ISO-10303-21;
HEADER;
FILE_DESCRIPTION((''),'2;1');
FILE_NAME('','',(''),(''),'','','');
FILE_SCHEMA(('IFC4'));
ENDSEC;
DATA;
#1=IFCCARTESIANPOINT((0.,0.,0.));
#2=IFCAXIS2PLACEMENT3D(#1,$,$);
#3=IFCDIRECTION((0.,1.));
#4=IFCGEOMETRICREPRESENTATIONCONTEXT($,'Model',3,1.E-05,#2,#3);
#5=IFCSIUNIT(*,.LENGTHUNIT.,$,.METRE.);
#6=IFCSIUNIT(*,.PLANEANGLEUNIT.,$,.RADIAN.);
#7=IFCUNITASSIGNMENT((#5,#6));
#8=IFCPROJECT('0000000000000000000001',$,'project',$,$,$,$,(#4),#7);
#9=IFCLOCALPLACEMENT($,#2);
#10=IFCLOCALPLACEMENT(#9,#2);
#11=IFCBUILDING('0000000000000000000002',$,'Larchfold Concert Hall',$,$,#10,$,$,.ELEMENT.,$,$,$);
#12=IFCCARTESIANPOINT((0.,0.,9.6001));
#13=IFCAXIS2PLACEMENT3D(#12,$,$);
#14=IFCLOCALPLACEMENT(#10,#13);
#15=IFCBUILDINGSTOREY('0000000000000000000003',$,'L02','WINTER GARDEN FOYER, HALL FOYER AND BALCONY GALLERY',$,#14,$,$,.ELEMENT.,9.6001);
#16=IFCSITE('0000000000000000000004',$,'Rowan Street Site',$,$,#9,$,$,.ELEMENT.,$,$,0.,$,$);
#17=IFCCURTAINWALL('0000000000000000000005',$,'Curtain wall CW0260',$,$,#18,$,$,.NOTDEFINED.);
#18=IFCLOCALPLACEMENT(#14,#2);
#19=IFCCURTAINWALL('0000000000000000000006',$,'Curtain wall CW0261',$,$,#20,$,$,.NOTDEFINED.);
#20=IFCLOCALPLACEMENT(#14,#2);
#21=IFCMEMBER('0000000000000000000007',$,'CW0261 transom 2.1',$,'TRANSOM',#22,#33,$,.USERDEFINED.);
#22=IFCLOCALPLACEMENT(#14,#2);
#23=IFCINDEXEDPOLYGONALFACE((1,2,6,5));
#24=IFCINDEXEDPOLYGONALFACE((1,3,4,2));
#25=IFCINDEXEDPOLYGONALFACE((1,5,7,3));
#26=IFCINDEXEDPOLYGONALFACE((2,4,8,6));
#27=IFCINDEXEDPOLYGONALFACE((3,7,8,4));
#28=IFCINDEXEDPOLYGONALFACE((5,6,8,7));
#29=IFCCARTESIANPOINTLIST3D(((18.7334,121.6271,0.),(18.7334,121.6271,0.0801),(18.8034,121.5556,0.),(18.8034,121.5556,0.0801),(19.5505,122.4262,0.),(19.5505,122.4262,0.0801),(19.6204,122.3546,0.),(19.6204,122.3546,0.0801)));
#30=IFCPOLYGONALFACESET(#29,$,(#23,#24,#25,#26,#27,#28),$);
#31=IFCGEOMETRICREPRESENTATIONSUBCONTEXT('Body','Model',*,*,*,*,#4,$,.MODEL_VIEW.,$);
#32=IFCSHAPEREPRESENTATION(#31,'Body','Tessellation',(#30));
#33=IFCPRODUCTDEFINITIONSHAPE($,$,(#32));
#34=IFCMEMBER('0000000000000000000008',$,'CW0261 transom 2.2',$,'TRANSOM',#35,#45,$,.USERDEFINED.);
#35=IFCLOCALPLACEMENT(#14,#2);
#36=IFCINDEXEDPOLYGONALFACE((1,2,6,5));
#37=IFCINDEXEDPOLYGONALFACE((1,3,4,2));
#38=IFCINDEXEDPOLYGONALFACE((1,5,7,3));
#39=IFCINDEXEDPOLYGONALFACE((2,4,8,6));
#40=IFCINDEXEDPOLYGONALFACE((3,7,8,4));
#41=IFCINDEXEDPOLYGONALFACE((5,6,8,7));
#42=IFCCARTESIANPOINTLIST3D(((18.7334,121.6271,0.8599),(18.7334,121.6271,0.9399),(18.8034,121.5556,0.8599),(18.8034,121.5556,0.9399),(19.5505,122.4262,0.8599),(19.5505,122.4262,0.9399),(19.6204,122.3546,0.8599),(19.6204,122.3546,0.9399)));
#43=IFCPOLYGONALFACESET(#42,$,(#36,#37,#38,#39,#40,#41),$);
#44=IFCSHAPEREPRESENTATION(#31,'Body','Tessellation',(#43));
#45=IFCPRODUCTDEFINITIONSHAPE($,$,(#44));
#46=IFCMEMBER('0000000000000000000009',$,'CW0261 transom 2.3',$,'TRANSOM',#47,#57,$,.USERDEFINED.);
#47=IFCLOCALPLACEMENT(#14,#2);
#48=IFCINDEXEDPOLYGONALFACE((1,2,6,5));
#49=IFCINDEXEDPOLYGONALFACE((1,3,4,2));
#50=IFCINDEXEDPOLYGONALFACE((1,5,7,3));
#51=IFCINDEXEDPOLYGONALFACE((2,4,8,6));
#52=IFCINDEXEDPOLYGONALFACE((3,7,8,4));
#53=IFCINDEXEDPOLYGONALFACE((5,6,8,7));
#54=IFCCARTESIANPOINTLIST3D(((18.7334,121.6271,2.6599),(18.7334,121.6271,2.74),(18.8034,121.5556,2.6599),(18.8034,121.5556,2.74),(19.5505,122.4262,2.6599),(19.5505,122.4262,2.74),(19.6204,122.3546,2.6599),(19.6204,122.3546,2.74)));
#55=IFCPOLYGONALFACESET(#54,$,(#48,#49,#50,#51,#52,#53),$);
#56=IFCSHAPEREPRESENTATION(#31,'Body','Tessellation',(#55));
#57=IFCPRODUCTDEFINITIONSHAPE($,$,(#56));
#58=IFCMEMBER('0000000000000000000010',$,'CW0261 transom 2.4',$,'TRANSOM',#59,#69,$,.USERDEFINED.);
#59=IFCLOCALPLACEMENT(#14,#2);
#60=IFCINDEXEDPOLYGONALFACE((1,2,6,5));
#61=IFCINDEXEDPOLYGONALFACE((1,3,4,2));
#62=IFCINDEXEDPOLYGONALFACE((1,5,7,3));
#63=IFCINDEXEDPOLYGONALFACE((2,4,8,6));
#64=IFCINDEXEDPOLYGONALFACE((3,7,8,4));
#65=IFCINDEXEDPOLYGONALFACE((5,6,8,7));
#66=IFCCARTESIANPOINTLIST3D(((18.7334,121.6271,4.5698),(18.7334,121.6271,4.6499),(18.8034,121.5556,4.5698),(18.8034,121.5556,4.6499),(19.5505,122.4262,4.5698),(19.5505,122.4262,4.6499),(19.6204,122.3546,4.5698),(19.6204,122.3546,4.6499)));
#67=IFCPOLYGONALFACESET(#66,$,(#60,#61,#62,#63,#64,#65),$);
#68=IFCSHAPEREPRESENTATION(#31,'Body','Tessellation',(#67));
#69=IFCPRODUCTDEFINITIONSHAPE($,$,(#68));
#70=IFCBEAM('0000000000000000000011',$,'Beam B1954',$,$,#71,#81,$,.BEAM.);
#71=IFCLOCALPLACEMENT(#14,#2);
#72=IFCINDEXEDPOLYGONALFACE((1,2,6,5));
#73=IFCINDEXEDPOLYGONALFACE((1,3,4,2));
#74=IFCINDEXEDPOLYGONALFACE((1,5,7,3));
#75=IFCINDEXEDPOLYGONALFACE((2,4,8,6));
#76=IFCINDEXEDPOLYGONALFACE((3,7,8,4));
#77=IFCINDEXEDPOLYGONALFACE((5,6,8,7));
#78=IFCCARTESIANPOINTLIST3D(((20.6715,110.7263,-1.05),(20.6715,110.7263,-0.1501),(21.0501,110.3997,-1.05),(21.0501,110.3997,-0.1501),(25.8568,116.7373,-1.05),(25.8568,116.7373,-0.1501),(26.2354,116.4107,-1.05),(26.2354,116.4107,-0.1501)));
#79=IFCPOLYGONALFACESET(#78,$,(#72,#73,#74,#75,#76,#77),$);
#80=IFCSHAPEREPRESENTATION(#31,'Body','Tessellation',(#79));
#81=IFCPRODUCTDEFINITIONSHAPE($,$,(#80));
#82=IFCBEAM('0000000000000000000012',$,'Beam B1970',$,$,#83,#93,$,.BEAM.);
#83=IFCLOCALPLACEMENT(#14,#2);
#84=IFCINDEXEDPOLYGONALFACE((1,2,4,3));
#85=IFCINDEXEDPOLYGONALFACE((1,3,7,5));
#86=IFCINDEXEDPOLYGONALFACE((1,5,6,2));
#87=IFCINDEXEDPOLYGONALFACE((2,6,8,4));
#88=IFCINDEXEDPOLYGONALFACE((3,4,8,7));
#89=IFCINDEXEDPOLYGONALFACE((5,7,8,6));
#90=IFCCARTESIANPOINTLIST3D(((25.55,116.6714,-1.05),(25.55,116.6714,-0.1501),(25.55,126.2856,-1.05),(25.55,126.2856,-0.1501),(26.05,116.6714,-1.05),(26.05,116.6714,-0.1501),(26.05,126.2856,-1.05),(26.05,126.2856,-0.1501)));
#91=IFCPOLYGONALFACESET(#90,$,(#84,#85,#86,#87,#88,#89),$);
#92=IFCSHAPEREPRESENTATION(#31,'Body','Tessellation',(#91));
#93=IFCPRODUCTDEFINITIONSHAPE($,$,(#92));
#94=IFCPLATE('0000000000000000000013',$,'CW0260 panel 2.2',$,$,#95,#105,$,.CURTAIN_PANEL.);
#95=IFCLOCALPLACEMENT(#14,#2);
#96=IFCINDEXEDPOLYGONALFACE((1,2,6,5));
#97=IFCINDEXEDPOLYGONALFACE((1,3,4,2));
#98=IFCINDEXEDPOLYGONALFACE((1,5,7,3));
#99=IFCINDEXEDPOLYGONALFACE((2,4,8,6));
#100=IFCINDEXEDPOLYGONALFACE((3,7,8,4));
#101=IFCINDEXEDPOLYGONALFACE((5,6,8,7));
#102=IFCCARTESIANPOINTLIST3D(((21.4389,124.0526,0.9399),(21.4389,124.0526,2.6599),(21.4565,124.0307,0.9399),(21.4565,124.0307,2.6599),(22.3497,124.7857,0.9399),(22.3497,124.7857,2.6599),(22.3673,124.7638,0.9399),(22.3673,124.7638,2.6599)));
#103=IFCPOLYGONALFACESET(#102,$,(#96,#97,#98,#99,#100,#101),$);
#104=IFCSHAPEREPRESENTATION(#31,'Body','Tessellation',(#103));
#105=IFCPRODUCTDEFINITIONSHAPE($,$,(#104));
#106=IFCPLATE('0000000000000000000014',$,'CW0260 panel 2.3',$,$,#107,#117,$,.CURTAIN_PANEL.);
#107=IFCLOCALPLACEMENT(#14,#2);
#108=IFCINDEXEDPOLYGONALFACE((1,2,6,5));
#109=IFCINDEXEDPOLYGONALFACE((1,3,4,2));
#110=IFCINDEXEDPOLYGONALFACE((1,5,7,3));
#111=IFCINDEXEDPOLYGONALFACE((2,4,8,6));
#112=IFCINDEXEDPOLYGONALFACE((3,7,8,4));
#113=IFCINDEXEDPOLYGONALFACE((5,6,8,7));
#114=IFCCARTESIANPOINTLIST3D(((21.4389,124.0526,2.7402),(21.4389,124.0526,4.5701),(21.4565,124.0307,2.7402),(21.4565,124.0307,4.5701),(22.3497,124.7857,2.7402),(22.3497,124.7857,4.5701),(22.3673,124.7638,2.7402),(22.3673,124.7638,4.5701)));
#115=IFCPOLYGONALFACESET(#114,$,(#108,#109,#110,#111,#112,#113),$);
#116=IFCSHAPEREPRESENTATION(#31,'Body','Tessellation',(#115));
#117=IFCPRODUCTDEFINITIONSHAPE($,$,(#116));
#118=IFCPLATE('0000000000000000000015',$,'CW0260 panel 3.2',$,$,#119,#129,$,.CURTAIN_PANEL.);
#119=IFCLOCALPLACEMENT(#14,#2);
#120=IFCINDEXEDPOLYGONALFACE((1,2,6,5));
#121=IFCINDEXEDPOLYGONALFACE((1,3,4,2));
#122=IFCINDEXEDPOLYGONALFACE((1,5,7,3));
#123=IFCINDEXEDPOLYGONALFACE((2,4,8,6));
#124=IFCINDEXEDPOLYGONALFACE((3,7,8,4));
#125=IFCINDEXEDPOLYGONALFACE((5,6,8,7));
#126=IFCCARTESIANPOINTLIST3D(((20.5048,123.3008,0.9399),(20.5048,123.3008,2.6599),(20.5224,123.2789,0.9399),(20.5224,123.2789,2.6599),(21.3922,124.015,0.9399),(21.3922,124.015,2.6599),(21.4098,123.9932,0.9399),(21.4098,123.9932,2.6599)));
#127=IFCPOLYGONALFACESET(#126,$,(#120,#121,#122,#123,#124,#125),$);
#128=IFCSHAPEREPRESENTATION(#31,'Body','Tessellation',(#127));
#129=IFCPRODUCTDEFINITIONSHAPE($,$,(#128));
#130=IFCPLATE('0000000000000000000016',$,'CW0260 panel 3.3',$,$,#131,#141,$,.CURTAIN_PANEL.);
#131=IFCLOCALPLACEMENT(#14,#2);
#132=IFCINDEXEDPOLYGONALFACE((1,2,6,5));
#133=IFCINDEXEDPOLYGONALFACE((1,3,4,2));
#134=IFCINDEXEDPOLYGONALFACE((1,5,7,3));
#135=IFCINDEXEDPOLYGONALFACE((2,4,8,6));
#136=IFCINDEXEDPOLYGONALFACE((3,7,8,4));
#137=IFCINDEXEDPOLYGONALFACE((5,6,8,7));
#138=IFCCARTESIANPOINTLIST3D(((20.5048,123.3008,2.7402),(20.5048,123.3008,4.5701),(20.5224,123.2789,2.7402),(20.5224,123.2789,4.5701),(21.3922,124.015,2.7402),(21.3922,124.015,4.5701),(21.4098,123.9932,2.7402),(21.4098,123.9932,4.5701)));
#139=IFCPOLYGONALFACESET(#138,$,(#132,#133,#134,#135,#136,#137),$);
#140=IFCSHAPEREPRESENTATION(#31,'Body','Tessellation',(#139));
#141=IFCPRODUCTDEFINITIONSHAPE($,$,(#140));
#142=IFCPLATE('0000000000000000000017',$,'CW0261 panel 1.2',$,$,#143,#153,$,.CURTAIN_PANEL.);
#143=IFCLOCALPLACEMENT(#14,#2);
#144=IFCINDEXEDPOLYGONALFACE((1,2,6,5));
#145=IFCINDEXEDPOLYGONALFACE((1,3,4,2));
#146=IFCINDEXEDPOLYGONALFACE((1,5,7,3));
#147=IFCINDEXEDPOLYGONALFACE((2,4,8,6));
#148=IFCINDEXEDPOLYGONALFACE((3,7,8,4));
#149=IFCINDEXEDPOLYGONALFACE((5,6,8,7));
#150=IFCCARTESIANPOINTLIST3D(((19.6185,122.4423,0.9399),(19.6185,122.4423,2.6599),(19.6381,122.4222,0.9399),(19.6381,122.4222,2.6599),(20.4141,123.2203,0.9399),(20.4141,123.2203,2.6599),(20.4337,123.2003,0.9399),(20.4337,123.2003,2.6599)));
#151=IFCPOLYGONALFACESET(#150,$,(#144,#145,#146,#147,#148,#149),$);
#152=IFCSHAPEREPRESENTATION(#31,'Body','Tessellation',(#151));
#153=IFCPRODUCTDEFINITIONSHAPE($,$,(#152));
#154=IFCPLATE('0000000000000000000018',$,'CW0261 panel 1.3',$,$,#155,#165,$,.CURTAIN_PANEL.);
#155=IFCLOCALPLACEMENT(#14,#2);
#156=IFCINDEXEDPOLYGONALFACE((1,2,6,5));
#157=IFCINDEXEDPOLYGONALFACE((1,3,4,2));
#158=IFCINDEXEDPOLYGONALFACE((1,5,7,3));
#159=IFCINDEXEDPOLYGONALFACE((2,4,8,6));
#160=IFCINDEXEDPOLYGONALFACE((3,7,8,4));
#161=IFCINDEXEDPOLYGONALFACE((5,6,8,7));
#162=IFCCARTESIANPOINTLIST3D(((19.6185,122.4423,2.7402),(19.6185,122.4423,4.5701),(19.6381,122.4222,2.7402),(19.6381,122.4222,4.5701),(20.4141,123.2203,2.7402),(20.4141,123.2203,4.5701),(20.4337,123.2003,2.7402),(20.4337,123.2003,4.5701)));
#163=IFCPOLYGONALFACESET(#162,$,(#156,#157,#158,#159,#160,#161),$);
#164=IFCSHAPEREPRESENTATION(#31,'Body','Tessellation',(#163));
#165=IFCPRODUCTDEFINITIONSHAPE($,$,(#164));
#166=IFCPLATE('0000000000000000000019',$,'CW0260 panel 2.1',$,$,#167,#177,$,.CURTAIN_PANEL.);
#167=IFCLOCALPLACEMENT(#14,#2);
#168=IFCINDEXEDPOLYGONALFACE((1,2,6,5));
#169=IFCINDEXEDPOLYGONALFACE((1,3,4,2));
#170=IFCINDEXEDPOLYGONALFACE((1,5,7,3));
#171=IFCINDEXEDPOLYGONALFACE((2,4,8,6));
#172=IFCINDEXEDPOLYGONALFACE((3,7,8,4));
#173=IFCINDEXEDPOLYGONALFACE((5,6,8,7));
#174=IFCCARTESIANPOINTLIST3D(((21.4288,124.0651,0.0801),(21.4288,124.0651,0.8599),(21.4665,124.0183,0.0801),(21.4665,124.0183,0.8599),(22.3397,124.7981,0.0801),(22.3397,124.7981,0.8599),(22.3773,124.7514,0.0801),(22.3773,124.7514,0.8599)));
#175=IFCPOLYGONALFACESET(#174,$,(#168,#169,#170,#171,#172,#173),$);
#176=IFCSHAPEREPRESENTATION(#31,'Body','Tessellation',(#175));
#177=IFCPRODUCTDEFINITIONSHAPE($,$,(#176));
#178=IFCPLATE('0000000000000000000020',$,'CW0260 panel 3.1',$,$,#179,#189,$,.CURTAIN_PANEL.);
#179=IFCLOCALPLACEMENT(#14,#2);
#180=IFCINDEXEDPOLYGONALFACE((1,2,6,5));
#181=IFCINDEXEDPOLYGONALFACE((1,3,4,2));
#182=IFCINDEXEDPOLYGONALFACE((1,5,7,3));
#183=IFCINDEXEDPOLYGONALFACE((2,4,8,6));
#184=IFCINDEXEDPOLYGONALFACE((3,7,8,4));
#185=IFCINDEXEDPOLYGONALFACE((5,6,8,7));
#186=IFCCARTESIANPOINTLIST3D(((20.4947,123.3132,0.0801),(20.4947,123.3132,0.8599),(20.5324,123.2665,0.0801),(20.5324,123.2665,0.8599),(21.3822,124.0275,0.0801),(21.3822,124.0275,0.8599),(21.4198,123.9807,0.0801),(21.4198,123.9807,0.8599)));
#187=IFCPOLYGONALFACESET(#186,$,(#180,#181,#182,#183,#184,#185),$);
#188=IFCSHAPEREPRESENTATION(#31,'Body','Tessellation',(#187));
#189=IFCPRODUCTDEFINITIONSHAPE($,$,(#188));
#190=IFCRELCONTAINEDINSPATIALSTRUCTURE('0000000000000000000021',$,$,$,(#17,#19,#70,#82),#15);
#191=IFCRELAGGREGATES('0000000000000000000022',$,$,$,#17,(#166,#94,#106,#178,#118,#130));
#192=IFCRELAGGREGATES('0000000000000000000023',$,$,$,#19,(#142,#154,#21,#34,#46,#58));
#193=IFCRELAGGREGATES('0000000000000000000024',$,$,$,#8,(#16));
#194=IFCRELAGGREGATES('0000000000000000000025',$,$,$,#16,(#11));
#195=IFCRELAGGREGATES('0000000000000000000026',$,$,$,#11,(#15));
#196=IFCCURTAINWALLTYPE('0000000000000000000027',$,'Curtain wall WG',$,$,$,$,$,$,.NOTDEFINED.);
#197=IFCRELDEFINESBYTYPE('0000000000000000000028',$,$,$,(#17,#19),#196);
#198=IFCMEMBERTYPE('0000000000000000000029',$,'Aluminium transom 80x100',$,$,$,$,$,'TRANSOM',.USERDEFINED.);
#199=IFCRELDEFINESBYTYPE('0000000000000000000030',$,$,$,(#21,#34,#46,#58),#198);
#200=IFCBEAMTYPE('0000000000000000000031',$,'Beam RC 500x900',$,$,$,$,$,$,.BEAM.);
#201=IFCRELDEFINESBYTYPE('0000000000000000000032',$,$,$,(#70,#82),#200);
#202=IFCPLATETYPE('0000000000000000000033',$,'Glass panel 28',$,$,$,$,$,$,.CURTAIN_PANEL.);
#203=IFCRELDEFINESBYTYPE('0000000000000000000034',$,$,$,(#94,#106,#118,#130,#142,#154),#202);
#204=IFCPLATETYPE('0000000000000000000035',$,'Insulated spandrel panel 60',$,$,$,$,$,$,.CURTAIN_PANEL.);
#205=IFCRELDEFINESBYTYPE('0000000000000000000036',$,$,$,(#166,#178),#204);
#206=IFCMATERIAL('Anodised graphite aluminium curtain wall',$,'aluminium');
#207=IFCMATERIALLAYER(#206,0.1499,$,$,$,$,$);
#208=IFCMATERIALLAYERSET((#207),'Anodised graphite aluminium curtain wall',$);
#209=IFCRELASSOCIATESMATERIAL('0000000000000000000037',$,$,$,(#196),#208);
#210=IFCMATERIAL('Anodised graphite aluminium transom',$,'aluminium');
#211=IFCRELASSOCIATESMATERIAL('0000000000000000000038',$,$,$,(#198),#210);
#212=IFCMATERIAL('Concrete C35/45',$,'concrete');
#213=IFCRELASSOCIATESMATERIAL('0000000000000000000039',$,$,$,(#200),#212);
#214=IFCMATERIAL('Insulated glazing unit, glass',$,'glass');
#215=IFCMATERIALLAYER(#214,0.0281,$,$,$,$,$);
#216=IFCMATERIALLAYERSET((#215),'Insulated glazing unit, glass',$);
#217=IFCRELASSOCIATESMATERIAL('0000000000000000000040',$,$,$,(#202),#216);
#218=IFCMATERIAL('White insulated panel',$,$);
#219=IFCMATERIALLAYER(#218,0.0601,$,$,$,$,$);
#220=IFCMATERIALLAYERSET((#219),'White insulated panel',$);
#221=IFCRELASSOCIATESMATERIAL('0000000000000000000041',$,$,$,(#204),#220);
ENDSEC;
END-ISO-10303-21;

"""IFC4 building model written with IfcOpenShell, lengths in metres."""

from ifc_helpers import new_model, si_unit, direction, frame, origin, origin_2d, place, context, subcontext, project, spatial, rectangle, extrude, material, layer, layer_set, material_profile, profile_set, type_object, element, aggregate, save


model = new_model("IFC4")

# Units and contexts
model_context = context("Model", 3, precision=1e-05, world=origin(), true_north=direction((0.0, 1.0)))
body_context = subcontext(model_context, "Body", "Model", "MODEL_VIEW")
ifc_project = project(units=[si_unit("LENGTHUNIT", "METRE"), si_unit("PLANEANGLEUNIT", "RADIAN")], contexts=[model_context])

# Site, building, storey
site_placement = place(None, origin())
site = spatial("IfcSite", under=ifc_project, at=site_placement, Name="Rowan Street Site", CompositionType="ELEMENT", RefElevation=0.0)
building_placement = place(site_placement, origin())
building = spatial("IfcBuilding", under=site, at=building_placement, Name="Larchfold Concert Hall", CompositionType="ELEMENT")
storey_placement = place(building_placement, frame((0.0, 0.0, 9.6001)))
storey = spatial("IfcBuildingStorey", under=building, at=storey_placement, Name="L02", Description="WINTER GARDEN FOYER, HALL FOYER AND BALCONY GALLERY", CompositionType="ELEMENT", Elevation=9.6001)

# Curtain walls
ifc_material_1 = material(Name="Anodised graphite aluminium curtain wall", Category="aluminium")
ifc_layer_1 = layer(ifc_material_1, 0.1499)
ifc_layer_set_1 = layer_set([ifc_layer_1], Name="Anodised graphite aluminium curtain wall")
curtain_wall_type = type_object("IfcCurtainWallType", Name="Curtain wall WG", PredefinedType="NOTDEFINED", material=ifc_layer_set_1)
curtain_wall_1_placement = place(storey_placement, origin())
curtain_wall_1 = element("IfcCurtainWall", 1, at=curtain_wall_1_placement, inside=storey, type_object=curtain_wall_type, Name="Curtain wall CW0260", PredefinedType="NOTDEFINED")
curtain_wall_2_placement = place(storey_placement, origin())
curtain_wall_2 = element("IfcCurtainWall", 2, at=curtain_wall_2_placement, inside=storey, type_object=curtain_wall_type, Name="Curtain wall CW0261", PredefinedType="NOTDEFINED")

# Members
ifc_material_2 = material(Name="Anodised graphite aluminium transom", Category="aluminium")
ifc_material_profile_1 = material_profile(ifc_material_2, rectangle(XDim=0.1001, YDim=0.0801, at=origin_2d()))
ifc_profile_set_1 = profile_set([ifc_material_profile_1], Name="Anodised graphite aluminium transom")
member_type_1 = type_object("IfcMemberType", Name="Aluminium transom 80x100", ElementType="TRANSOM", PredefinedType="USERDEFINED", material=ifc_profile_set_1)
member_1_placement = place(storey_placement, frame((19.5854, 122.3904, 0.04), z_axis=(-0.714966, -0.699159, 0.0), x_axis=(0.699159, -0.714966, 0.0)))
member_1 = element("IfcMember", 3, at=member_1_placement, type_object=member_type_1, Name="CW0261 transom 2.1", ObjectType="TRANSOM", PredefinedType="USERDEFINED", context=body_context, shape_type="SweptSolid", body=[
    extrude(rectangle(XDim=0.1001, YDim=0.0801, at=origin_2d()), origin(), (0.0, 0.0, 1.0), 1.1428),
])
member_2_placement = place(storey_placement, frame((19.5854, 122.3904, 0.8999), z_axis=(-0.714966, -0.699159, 0.0), x_axis=(0.699159, -0.714966, 0.0)))
member_2 = element("IfcMember", 4, at=member_2_placement, type_object=member_type_1, Name="CW0261 transom 2.2", ObjectType="TRANSOM", PredefinedType="USERDEFINED", context=body_context, shape_type="SweptSolid", body=[
    extrude(rectangle(XDim=0.1001, YDim=0.0801, at=origin_2d()), origin(), (0.0, 0.0, 1.0), 1.1428),
])
member_3_placement = place(storey_placement, frame((19.5854, 122.3904, 2.7), z_axis=(-0.714966, -0.699159, 0.0), x_axis=(0.699159, -0.714966, 0.0)))
member_3 = element("IfcMember", 5, at=member_3_placement, type_object=member_type_1, Name="CW0261 transom 2.3", ObjectType="TRANSOM", PredefinedType="USERDEFINED", context=body_context, shape_type="SweptSolid", body=[
    extrude(rectangle(XDim=0.1001, YDim=0.0801, at=origin_2d()), origin(), (0.0, 0.0, 1.0), 1.1428),
])
member_4_placement = place(storey_placement, frame((19.5854, 122.3904, 4.6099), z_axis=(-0.714966, -0.699159, 0.0), x_axis=(0.699159, -0.714966, 0.0)))
member_4 = element("IfcMember", 6, at=member_4_placement, type_object=member_type_1, Name="CW0261 transom 2.4", ObjectType="TRANSOM", PredefinedType="USERDEFINED", context=body_context, shape_type="SweptSolid", body=[
    extrude(rectangle(XDim=0.1001, YDim=0.0801, at=origin_2d()), origin(), (0.0, 0.0, 1.0), 1.1428),
])

# Beams
ifc_material_3 = material(Name="Concrete C35/45", Category="concrete")
ifc_material_profile_2 = material_profile(ifc_material_3, rectangle(XDim=0.5, YDim=0.8999, at=origin_2d()))
ifc_profile_set_2 = profile_set([ifc_material_profile_2], Name="Concrete C35/45")
beam_type = type_object("IfcBeamType", Name="Beam RC 500x900", PredefinedType="BEAM", material=ifc_profile_set_2)
beam_1_placement = place(storey_placement, frame((26.0461, 116.574, -0.6001), z_axis=(-0.653187, -0.757197, 0.0), x_axis=(0.757197, -0.653187, 0.0)))
element("IfcBeam", 7, at=beam_1_placement, inside=storey, type_object=beam_type, Name="Beam B1954", PredefinedType="BEAM", context=body_context, shape_type="SweptSolid", body=[
    extrude(rectangle(XDim=0.5, YDim=0.8999, at=origin_2d()), origin(), (0.0, 0.0, 1.0), 7.9385),
])
beam_2_placement = place(storey_placement, frame((25.8, 116.6714, -0.6001), z_axis=(0.0, 1.0, 0.0), x_axis=(-1.0, 0.0, 0.0)))
element("IfcBeam", 8, at=beam_2_placement, inside=storey, type_object=beam_type, Name="Beam B1970", PredefinedType="BEAM", context=body_context, shape_type="SweptSolid", body=[
    extrude(rectangle(XDim=0.5, YDim=0.8999, at=origin_2d()), origin(), (0.0, 0.0, 1.0), 9.6143),
])

# Plates
ifc_material_4 = material(Name="Insulated glazing unit, glass", Category="glass")
ifc_layer_2 = layer(ifc_material_4, 0.0281)
ifc_layer_set_2 = layer_set([ifc_layer_2], Name="Insulated glazing unit, glass")
plate_type_1 = type_object("IfcPlateType", Name="Glass panel 28", PredefinedType="CURTAIN_PANEL", material=ifc_layer_set_2)
plate_1_placement = place(storey_placement, frame((21.9031, 124.4082, 0.9399), z_axis=(0.0, 0.0, 1.0), x_axis=(-0.779018, -0.627002, 0.0)))
plate_1 = element("IfcPlate", 9, at=plate_1_placement, type_object=plate_type_1, Name="CW0260 panel 2.2", PredefinedType="CURTAIN_PANEL", context=body_context, shape_type="SweptSolid", body=[
    extrude(rectangle(XDim=1.1692, YDim=0.0281, at=origin_2d()), origin(), (0.0, 0.0, 1.0), 1.72),
])
plate_2_placement = place(storey_placement, frame((21.9031, 124.4082, 2.7402), z_axis=(0.0, 0.0, 1.0), x_axis=(-0.779018, -0.627002, 0.0)))
plate_2 = element("IfcPlate", 10, at=plate_2_placement, type_object=plate_type_1, Name="CW0260 panel 2.3", PredefinedType="CURTAIN_PANEL", context=body_context, shape_type="SweptSolid", body=[
    extrude(rectangle(XDim=1.1692, YDim=0.0281, at=origin_2d()), origin(), (0.0, 0.0, 1.0), 1.8298),
])
plate_3_placement = place(storey_placement, frame((20.9573, 123.647, 0.9399), z_axis=(0.0, 0.0, 1.0), x_axis=(-0.779018, -0.627002, 0.0)))
plate_3 = element("IfcPlate", 11, at=plate_3_placement, type_object=plate_type_1, Name="CW0260 panel 3.2", PredefinedType="CURTAIN_PANEL", context=body_context, shape_type="SweptSolid", body=[
    extrude(rectangle(XDim=1.1392, YDim=0.0281, at=origin_2d()), origin(), (0.0, 0.0, 1.0), 1.72),
])
plate_4_placement = place(storey_placement, frame((20.9573, 123.647, 2.7402), z_axis=(0.0, 0.0, 1.0), x_axis=(-0.779018, -0.627002, 0.0)))
plate_4 = element("IfcPlate", 12, at=plate_4_placement, type_object=plate_type_1, Name="CW0260 panel 3.3", PredefinedType="CURTAIN_PANEL", context=body_context, shape_type="SweptSolid", body=[
    extrude(rectangle(XDim=1.1392, YDim=0.0281, at=origin_2d()), origin(), (0.0, 0.0, 1.0), 1.8298),
])
plate_5_placement = place(storey_placement, frame((20.0261, 122.8213, 0.9399), z_axis=(0.0, 0.0, 1.0), x_axis=(-0.714979, -0.699146, 0.0)))
plate_5 = element("IfcPlate", 13, at=plate_5_placement, type_object=plate_type_1, Name="CW0261 panel 1.2", PredefinedType="CURTAIN_PANEL", context=body_context, shape_type="SweptSolid", body=[
    extrude(rectangle(XDim=1.1128, YDim=0.0281, at=origin_2d()), origin(), (0.0, 0.0, 1.0), 1.72),
])
plate_6_placement = place(storey_placement, frame((20.0261, 122.8213, 2.7402), z_axis=(0.0, 0.0, 1.0), x_axis=(-0.714979, -0.699146, 0.0)))
plate_6 = element("IfcPlate", 14, at=plate_6_placement, type_object=plate_type_1, Name="CW0261 panel 1.3", PredefinedType="CURTAIN_PANEL", context=body_context, shape_type="SweptSolid", body=[
    extrude(rectangle(XDim=1.1128, YDim=0.0281, at=origin_2d()), origin(), (0.0, 0.0, 1.0), 1.8298),
])
ifc_material_5 = material(Name="White insulated panel")
ifc_layer_3 = layer(ifc_material_5, 0.0601)
ifc_layer_set_3 = layer_set([ifc_layer_3], Name="White insulated panel")
plate_type_2 = type_object("IfcPlateType", Name="Insulated spandrel panel 60", PredefinedType="CURTAIN_PANEL", material=ifc_layer_set_3)
plate_7_placement = place(storey_placement, frame((21.9031, 124.4082, 0.0801), z_axis=(0.0, 0.0, 1.0), x_axis=(-0.779018, -0.627002, 0.0)))
plate_7 = element("IfcPlate", 15, at=plate_7_placement, type_object=plate_type_2, Name="CW0260 panel 2.1", PredefinedType="CURTAIN_PANEL", context=body_context, shape_type="SweptSolid", body=[
    extrude(rectangle(XDim=1.1692, YDim=0.0601, at=origin_2d()), origin(), (0.0, 0.0, 1.0), 0.7798),
])
plate_8_placement = place(storey_placement, frame((20.9573, 123.647, 0.0801), z_axis=(0.0, 0.0, 1.0), x_axis=(-0.779018, -0.627002, 0.0)))
plate_8 = element("IfcPlate", 16, at=plate_8_placement, type_object=plate_type_2, Name="CW0260 panel 3.1", PredefinedType="CURTAIN_PANEL", context=body_context, shape_type="SweptSolid", body=[
    extrude(rectangle(XDim=1.1392, YDim=0.0601, at=origin_2d()), origin(), (0.0, 0.0, 1.0), 0.7798),
])
aggregate(curtain_wall_1, [plate_7, plate_1, plate_2, plate_8, plate_3, plate_4])
aggregate(curtain_wall_2, [plate_5, plate_6, member_1, member_2, member_3, member_4])

save(model, "model.ifc")
